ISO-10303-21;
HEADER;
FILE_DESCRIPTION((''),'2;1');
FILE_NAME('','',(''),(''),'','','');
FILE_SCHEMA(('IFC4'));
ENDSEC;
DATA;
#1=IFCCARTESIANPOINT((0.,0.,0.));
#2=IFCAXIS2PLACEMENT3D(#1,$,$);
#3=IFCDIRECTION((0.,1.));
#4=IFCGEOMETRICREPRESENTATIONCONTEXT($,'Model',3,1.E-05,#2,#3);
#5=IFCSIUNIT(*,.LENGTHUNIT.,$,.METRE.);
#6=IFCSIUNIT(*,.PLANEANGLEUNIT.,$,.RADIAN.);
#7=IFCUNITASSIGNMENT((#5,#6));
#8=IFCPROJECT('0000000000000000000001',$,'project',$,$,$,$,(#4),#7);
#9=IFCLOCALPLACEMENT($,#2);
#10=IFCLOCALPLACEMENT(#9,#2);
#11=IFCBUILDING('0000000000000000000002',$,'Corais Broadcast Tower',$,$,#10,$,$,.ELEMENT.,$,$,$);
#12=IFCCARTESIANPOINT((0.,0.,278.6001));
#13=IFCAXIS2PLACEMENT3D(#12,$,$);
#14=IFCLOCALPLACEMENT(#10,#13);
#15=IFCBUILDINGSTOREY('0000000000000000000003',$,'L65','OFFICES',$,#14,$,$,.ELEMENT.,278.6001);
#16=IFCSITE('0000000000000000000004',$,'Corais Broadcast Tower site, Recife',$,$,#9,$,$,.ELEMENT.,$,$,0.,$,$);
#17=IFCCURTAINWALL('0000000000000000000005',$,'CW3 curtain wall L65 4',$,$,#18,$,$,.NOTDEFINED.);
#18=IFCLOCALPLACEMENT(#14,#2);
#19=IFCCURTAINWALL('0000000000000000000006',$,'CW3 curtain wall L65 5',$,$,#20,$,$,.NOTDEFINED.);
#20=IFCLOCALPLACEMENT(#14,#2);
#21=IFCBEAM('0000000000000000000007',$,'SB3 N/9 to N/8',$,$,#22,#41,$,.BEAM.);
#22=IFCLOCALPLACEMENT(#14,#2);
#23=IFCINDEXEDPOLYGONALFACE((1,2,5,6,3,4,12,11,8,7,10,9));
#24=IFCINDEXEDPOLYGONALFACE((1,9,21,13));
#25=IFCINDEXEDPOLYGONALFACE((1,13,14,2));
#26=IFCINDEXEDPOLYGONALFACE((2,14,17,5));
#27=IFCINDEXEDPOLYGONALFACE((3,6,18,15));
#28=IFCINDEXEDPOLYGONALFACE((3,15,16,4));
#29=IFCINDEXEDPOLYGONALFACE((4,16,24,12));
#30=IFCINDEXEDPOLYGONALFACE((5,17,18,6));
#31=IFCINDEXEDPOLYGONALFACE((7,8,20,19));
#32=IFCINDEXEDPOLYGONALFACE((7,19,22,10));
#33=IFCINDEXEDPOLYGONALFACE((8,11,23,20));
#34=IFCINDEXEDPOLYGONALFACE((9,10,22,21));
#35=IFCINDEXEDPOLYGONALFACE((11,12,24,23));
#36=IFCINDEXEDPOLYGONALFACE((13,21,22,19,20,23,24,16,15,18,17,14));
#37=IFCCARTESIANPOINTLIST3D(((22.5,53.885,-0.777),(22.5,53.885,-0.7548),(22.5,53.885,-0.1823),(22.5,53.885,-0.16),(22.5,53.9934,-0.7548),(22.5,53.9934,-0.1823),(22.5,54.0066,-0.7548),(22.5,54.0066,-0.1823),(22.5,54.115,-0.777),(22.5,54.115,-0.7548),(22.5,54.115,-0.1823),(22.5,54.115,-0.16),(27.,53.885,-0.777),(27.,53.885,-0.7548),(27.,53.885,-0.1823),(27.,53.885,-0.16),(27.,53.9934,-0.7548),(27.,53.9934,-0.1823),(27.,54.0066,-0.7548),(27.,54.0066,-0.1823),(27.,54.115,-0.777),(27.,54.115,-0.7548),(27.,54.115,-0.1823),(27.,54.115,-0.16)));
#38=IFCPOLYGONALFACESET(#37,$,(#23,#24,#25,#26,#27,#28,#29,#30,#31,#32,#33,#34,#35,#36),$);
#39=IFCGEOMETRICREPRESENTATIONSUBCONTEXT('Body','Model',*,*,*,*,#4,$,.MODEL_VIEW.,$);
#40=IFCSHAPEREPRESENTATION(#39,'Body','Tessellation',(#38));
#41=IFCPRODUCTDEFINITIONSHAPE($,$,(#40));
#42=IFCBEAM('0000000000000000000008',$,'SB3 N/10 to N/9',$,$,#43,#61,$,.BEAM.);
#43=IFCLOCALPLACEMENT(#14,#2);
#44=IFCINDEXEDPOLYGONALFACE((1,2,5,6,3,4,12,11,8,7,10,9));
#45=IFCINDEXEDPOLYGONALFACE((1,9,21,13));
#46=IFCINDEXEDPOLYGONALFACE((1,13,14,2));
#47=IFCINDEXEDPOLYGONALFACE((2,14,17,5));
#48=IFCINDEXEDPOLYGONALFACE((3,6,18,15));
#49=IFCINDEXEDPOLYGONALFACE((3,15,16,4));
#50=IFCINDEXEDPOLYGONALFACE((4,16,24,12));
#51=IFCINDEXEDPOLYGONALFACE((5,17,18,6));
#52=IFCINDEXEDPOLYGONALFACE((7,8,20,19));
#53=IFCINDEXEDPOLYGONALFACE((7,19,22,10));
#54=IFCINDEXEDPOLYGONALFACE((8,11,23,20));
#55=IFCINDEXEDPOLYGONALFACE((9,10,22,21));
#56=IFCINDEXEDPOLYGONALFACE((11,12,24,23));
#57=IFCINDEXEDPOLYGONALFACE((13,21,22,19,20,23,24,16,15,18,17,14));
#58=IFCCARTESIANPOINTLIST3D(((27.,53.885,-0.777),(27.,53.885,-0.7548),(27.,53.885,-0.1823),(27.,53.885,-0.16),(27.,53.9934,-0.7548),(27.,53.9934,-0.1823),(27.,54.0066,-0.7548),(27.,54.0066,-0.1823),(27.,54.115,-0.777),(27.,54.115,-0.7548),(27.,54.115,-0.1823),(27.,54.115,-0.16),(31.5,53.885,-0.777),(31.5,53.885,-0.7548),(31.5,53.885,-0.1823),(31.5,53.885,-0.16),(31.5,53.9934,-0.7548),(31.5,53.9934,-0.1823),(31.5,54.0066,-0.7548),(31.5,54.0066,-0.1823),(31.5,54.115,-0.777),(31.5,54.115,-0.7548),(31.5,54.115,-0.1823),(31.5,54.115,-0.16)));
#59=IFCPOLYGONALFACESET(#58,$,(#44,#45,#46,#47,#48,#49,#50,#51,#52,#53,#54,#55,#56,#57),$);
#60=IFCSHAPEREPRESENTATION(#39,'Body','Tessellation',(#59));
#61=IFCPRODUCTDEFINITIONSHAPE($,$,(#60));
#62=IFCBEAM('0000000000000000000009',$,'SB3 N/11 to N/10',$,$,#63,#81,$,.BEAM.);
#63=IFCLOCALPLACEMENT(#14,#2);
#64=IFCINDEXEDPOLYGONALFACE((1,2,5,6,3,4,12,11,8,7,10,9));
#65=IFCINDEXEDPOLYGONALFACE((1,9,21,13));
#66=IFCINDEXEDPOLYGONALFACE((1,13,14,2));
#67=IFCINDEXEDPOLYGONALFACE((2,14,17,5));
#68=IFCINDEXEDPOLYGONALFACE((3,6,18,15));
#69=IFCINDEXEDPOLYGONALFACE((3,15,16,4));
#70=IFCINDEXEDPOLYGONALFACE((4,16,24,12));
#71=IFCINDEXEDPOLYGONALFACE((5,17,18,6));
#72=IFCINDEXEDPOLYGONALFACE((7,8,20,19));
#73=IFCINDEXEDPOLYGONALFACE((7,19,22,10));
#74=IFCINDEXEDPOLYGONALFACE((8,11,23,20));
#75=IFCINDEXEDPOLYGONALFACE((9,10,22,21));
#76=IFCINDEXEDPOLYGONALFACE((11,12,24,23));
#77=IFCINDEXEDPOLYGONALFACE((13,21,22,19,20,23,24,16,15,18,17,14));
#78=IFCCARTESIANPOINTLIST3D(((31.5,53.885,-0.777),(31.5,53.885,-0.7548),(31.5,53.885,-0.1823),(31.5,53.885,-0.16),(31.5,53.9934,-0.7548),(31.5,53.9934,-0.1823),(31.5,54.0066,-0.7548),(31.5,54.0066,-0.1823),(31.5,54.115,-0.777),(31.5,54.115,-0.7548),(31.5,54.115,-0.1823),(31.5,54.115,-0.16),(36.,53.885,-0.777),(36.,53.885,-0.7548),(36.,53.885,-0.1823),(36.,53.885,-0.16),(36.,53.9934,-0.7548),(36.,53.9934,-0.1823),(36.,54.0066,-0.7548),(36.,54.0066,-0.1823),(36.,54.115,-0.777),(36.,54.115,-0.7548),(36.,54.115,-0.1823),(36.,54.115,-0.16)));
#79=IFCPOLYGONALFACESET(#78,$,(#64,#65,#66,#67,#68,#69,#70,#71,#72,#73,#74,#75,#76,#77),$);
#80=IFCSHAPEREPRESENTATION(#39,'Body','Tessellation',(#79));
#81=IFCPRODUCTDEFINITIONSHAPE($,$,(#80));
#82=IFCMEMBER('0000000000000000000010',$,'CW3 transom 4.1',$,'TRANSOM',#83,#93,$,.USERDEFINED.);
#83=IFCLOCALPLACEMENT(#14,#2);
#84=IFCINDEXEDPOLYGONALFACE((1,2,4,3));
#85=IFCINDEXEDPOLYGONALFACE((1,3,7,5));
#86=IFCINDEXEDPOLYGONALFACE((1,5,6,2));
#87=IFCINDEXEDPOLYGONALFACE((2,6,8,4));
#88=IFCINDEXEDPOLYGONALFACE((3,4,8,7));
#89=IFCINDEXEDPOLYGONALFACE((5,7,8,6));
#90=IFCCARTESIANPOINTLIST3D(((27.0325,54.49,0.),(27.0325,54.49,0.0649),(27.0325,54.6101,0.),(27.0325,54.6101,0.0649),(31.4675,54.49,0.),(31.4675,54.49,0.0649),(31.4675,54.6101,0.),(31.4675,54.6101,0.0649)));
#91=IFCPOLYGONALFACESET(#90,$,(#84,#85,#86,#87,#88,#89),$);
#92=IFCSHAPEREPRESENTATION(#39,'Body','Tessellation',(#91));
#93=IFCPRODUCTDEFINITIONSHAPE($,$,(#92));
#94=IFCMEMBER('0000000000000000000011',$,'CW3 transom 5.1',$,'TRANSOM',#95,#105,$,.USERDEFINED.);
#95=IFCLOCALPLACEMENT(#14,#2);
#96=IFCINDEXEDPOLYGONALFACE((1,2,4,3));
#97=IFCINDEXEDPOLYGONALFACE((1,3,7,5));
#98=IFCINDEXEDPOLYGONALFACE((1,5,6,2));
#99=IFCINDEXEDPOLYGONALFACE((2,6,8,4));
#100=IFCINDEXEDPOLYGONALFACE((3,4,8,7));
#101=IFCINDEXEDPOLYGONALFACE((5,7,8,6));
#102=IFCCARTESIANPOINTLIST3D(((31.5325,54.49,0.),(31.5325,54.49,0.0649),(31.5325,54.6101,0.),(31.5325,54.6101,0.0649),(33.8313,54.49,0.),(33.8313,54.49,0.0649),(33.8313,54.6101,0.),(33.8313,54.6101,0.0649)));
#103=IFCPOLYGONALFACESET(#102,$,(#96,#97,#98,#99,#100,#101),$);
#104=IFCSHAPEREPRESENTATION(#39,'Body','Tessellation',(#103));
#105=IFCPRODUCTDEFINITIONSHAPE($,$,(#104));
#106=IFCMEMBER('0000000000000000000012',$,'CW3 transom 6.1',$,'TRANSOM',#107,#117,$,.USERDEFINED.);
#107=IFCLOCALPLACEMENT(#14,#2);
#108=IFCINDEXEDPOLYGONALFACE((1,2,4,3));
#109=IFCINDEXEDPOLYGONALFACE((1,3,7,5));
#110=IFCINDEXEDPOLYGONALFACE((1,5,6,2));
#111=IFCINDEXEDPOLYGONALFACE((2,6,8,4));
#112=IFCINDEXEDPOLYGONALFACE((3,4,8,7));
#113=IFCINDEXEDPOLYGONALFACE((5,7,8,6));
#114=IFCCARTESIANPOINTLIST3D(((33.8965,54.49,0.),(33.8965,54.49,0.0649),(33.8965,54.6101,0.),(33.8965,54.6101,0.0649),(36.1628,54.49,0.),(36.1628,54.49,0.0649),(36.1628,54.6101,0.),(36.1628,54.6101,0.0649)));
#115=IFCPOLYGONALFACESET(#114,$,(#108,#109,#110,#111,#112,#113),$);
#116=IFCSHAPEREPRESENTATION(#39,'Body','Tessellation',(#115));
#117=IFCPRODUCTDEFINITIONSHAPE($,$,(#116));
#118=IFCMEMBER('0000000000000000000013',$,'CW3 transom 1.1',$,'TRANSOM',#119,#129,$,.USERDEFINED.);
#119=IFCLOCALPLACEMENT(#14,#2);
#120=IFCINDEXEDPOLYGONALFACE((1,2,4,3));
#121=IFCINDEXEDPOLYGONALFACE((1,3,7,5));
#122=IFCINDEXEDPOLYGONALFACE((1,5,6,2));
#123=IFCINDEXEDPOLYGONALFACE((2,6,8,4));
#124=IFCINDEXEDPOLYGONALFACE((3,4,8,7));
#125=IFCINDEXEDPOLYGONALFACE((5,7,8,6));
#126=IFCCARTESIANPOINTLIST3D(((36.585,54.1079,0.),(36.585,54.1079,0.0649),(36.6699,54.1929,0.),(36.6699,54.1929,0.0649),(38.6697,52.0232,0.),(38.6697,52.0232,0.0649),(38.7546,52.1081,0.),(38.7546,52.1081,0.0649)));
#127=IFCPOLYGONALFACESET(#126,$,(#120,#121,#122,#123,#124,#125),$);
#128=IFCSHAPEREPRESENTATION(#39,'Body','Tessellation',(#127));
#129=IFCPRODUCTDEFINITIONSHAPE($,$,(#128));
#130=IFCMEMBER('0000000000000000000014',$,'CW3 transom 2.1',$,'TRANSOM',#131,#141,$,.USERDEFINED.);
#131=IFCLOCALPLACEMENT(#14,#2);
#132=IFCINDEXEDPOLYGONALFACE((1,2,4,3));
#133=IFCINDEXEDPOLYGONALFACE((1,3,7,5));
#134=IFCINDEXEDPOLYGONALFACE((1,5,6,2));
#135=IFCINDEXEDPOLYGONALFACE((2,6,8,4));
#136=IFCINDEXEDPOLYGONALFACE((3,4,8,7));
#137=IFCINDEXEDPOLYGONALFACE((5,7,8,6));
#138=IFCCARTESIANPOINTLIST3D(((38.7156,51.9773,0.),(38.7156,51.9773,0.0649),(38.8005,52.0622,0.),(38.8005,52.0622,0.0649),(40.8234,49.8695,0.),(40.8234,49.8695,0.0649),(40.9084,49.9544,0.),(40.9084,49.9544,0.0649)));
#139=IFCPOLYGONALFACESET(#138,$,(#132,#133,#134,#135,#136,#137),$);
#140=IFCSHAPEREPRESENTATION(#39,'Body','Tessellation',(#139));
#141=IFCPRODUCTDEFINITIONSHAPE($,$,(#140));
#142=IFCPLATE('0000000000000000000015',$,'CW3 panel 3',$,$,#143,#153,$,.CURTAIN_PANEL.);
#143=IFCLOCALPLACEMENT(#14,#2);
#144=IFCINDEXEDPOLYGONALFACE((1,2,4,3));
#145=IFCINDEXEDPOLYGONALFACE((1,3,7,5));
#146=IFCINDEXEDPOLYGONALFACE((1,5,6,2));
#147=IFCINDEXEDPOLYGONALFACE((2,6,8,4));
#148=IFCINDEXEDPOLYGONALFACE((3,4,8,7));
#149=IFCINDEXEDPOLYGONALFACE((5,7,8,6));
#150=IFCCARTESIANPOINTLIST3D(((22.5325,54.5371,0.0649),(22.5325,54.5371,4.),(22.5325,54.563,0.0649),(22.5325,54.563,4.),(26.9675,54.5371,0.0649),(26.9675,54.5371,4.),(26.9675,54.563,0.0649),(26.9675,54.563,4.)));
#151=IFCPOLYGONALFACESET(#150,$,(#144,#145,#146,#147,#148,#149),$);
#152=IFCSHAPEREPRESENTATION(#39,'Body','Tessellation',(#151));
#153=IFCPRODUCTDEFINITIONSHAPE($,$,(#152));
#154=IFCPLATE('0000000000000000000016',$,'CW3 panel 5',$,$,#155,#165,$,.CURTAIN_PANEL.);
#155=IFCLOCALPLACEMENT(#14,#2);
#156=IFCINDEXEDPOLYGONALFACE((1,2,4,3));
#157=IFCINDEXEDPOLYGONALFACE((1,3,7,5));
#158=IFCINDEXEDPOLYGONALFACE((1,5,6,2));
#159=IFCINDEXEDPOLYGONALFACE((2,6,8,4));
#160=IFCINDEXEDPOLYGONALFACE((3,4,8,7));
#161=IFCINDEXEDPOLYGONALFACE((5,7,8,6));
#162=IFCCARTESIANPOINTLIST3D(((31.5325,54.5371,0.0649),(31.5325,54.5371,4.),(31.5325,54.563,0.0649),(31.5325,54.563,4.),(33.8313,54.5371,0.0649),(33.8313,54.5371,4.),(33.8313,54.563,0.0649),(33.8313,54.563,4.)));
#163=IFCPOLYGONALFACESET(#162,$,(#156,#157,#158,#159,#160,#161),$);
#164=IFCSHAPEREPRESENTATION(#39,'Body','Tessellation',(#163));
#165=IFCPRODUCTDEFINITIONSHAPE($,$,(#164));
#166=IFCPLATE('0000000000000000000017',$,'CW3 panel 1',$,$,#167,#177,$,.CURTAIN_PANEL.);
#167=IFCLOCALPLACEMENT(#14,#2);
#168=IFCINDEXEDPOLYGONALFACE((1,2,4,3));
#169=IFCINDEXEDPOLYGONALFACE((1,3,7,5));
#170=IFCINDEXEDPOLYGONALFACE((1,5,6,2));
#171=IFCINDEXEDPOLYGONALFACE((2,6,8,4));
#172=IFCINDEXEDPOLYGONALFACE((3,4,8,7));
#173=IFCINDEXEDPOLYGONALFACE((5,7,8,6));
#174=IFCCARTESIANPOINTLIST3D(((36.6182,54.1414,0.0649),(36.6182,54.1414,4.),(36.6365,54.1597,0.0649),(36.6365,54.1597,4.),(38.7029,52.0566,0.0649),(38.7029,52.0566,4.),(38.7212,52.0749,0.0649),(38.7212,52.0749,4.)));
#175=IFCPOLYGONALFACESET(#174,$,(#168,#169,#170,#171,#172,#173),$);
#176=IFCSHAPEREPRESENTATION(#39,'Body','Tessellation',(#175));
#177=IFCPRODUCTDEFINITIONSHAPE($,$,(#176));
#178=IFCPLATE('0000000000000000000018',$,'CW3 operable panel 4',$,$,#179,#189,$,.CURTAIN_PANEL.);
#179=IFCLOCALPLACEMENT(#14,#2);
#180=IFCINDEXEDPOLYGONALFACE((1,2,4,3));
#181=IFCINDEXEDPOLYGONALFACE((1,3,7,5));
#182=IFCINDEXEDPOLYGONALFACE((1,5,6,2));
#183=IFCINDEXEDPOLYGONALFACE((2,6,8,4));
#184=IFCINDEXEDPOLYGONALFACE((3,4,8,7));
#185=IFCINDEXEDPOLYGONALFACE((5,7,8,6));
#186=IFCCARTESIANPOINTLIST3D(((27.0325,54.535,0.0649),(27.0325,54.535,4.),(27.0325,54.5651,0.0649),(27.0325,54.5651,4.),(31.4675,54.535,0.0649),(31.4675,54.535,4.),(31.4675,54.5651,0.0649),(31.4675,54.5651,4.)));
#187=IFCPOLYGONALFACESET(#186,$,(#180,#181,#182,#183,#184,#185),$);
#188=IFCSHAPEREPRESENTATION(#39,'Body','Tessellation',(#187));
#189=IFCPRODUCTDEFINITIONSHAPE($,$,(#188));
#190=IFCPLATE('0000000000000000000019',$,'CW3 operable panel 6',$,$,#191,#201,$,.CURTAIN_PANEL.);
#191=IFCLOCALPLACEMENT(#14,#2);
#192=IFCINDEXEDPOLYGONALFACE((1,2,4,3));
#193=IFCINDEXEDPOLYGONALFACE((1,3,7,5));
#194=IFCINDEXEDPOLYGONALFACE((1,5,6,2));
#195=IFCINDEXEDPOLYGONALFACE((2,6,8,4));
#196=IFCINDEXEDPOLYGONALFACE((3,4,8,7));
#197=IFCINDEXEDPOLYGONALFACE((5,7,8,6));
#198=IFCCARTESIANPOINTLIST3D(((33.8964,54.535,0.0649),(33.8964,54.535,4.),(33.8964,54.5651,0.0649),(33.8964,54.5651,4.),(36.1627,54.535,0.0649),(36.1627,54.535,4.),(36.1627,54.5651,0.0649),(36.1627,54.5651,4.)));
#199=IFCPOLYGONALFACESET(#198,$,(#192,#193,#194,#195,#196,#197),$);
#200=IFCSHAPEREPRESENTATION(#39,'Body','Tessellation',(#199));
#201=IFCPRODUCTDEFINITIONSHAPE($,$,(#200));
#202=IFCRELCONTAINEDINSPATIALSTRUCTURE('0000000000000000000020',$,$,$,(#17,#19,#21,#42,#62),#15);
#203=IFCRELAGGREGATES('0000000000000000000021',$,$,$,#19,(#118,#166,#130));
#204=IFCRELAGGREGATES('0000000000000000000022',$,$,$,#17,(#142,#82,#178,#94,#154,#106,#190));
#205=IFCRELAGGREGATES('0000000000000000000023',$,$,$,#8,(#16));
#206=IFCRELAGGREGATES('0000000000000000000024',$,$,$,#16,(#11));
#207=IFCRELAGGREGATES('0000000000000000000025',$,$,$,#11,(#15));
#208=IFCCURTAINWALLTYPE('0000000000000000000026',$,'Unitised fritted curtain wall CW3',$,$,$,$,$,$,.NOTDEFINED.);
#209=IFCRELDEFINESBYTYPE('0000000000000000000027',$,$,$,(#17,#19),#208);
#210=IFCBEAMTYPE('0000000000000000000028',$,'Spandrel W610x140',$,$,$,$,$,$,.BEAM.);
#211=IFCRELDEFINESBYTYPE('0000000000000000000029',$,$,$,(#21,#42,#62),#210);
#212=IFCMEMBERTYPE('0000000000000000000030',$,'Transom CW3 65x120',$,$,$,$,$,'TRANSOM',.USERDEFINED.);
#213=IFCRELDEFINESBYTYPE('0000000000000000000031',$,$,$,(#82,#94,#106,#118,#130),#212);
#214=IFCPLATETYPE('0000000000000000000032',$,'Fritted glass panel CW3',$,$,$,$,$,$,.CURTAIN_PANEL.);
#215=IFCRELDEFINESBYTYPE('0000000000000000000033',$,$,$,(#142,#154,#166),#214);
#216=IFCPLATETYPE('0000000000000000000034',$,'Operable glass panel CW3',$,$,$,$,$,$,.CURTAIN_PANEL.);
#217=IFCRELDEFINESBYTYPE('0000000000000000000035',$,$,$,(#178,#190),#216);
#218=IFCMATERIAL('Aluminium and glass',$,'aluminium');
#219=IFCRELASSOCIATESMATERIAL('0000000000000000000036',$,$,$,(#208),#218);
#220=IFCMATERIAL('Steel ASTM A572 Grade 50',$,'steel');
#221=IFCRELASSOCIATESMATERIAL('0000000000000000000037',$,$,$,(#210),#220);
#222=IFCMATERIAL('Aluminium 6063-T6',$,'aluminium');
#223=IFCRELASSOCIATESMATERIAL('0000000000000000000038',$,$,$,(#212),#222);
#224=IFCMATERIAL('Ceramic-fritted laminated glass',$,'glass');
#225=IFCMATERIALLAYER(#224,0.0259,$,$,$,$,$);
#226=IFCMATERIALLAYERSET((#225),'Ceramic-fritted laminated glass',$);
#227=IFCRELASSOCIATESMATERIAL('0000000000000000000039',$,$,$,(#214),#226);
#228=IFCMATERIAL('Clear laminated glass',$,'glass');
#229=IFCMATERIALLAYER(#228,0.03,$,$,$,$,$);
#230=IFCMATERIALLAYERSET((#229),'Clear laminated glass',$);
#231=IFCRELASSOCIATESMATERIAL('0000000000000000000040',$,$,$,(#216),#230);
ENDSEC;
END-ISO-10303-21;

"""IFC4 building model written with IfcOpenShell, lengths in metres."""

from ifc_helpers import new_model, si_unit, direction, frame, origin, origin_2d, place, context, subcontext, project, spatial, rectangle, i_section, extrude, material, layer, layer_set, material_profile, profile_set, type_object, element, aggregate, save


model = new_model("IFC4")

# Units and contexts
model_context = context("Model", 3, precision=1e-05, world=origin(), true_north=direction((0.0, 1.0)))
body_context = subcontext(model_context, "Body", "Model", "MODEL_VIEW")
ifc_project = project(units=[si_unit("LENGTHUNIT", "METRE"), si_unit("PLANEANGLEUNIT", "RADIAN")], contexts=[model_context])

# Site, building, storey
site_placement = place(None, origin())
site = spatial("IfcSite", under=ifc_project, at=site_placement, Name="Corais Broadcast Tower site, Recife", CompositionType="ELEMENT", RefElevation=0.0)
building_placement = place(site_placement, origin())
building = spatial("IfcBuilding", under=site, at=building_placement, Name="Corais Broadcast Tower", CompositionType="ELEMENT")
storey_placement = place(building_placement, frame((0.0, 0.0, 278.6001)))
storey = spatial("IfcBuildingStorey", under=building, at=storey_placement, Name="L65", Description="OFFICES", CompositionType="ELEMENT", Elevation=278.6001)

# Curtain walls
ifc_material_1 = material(Name="Aluminium and glass", Category="aluminium")
curtain_wall_type = type_object("IfcCurtainWallType", Name="Unitised fritted curtain wall CW3", PredefinedType="NOTDEFINED", material=ifc_material_1)
curtain_wall_1_placement = place(storey_placement, origin())
curtain_wall_1 = element("IfcCurtainWall", 1, at=curtain_wall_1_placement, inside=storey, type_object=curtain_wall_type, Name="CW3 curtain wall L65 4", PredefinedType="NOTDEFINED")
curtain_wall_2_placement = place(storey_placement, origin())
curtain_wall_2 = element("IfcCurtainWall", 2, at=curtain_wall_2_placement, inside=storey, type_object=curtain_wall_type, Name="CW3 curtain wall L65 5", PredefinedType="NOTDEFINED")

# Beams
ifc_material_2 = material(Name="Steel ASTM A572 Grade 50", Category="steel")
ifc_material_profile_1 = material_profile(ifc_material_2, i_section(OverallWidth=0.23, OverallDepth=0.6169, WebThickness=0.0132, FlangeThickness=0.0222, at=origin_2d()), Name="W610x140")
ifc_profile_set_1 = profile_set([ifc_material_profile_1], Name="Steel ASTM A572 Grade 50")
beam_type_1 = type_object("IfcBeamType", Name="Spandrel W610x140", PredefinedType="BEAM", material=ifc_profile_set_1)
for number, where, z_axis, x_axis, name in (
    (3, (27.0, 54.0, -0.4685), (-1.0, 0.0, 0.0), (0.0, -1.0, 0.0), "SB3 N/9 to N/8"),
    (4, (31.5, 54.0, -0.4685), (-1.0, 0.0, 0.0), (0.0, -1.0, 0.0), "SB3 N/10 to N/9"),
    (5, (36.0, 54.0, -0.4685), (-1.0, 0.0, 0.0), (0.0, -1.0, 0.0), "SB3 N/11 to N/10"),
):
    element("IfcBeam", number, at=place(storey_placement, frame(where, z_axis=z_axis, x_axis=x_axis)), inside=storey, type_object=beam_type_1, Name=name, PredefinedType="BEAM", context=body_context, shape_type="SweptSolid", body=[
        extrude(i_section(OverallWidth=0.23, OverallDepth=0.6169, WebThickness=0.0132, FlangeThickness=0.0222, at=origin_2d()), origin(), (0.0, 0.0, 1.0), 4.5),
    ])

# Members
ifc_material_3 = material(Name="Aluminium 6063-T6", Category="aluminium")
ifc_material_profile_2 = material_profile(ifc_material_3, rectangle(XDim=0.1201, YDim=0.0649, at=origin_2d()), Name="Transom CW3 65x120")
ifc_profile_set_2 = profile_set([ifc_material_profile_2], Name="Aluminium 6063-T6")
member_type_1 = type_object("IfcMemberType", Name="Transom CW3 65x120", ElementType="TRANSOM", PredefinedType="USERDEFINED", material=ifc_profile_set_2)
member_1_placement = place(storey_placement, frame((27.0325, 54.55, 0.0325), z_axis=(1.0, 0.0, 0.0), x_axis=(0.0, 1.0, 0.0)))
member_1 = element("IfcMember", 6, at=member_1_placement, type_object=member_type_1, Name="CW3 transom 4.1", ObjectType="TRANSOM", PredefinedType="USERDEFINED", context=body_context, shape_type="SweptSolid", body=[
    extrude(rectangle(XDim=0.1201, YDim=0.0649, at=origin_2d()), origin(), (0.0, 0.0, 1.0), 4.4351),
])
member_2_placement = place(storey_placement, frame((31.5325, 54.55, 0.0325), z_axis=(1.0, 0.0, 0.0), x_axis=(0.0, 1.0, 0.0)))
member_2 = element("IfcMember", 7, at=member_2_placement, type_object=member_type_1, Name="CW3 transom 5.1", ObjectType="TRANSOM", PredefinedType="USERDEFINED", context=body_context, shape_type="SweptSolid", body=[
    extrude(rectangle(XDim=0.1201, YDim=0.0649, at=origin_2d()), origin(), (0.0, 0.0, 1.0), 2.2988),
])
member_3_placement = place(storey_placement, frame((33.8965, 54.55, 0.0325), z_axis=(1.0, 0.0, 0.0), x_axis=(0.0, 1.0, 0.0)))
member_3 = element("IfcMember", 8, at=member_3_placement, type_object=member_type_1, Name="CW3 transom 6.1", ObjectType="TRANSOM", PredefinedType="USERDEFINED", context=body_context, shape_type="SweptSolid", body=[
    extrude(rectangle(XDim=0.1201, YDim=0.0649, at=origin_2d()), origin(), (0.0, 0.0, 1.0), 2.2664),
])
member_4_placement = place(storey_placement, frame((36.6274, 54.1504, 0.0325), z_axis=(0.707107, -0.707107, 0.0), x_axis=(0.707107, 0.707107, 0.0)))
member_4 = element("IfcMember", 9, at=member_4_placement, type_object=member_type_1, Name="CW3 transom 1.1", ObjectType="TRANSOM", PredefinedType="USERDEFINED", context=body_context, shape_type="SweptSolid", body=[
    extrude(rectangle(XDim=0.1201, YDim=0.0649, at=origin_2d()), origin(), (0.0, 0.0, 1.0), 2.9482),
])
member_5_placement = place(storey_placement, frame((38.7581, 52.0198, 0.0325), z_axis=(0.707107, -0.707107, 0.0), x_axis=(0.707107, 0.707107, 0.0)))
member_5 = element("IfcMember", 10, at=member_5_placement, type_object=member_type_1, Name="CW3 transom 2.1", ObjectType="TRANSOM", PredefinedType="USERDEFINED", context=body_context, shape_type="SweptSolid", body=[
    extrude(rectangle(XDim=0.1201, YDim=0.0649, at=origin_2d()), origin(), (0.0, 0.0, 1.0), 2.981),
])

# Plates
ifc_material_4 = material(Name="Ceramic-fritted laminated glass", Category="glass")
ifc_layer_1 = layer(ifc_material_4, 0.0259)
ifc_layer_set_1 = layer_set([ifc_layer_1], Name="Ceramic-fritted laminated glass")
plate_type_1 = type_object("IfcPlateType", Name="Fritted glass panel CW3", PredefinedType="CURTAIN_PANEL", material=ifc_layer_set_1)
plate_1_placement = place(storey_placement, frame((24.75, 54.55, 0.0649), z_axis=(0.0, 0.0, 1.0), x_axis=(1.0, 0.0, 0.0)))
plate_1 = element("IfcPlate", 11, at=plate_1_placement, type_object=plate_type_1, Name="CW3 panel 3", PredefinedType="CURTAIN_PANEL", context=body_context, shape_type="SweptSolid", body=[
    extrude(rectangle(XDim=4.4351, YDim=0.0259, at=origin_2d()), origin(), (0.0, 0.0, 1.0), 3.9351),
])
plate_2_placement = place(storey_placement, frame((32.6819, 54.55, 0.0649), z_axis=(0.0, 0.0, 1.0), x_axis=(1.0, 0.0, 0.0)))
plate_2 = element("IfcPlate", 12, at=plate_2_placement, type_object=plate_type_1, Name="CW3 panel 5", PredefinedType="CURTAIN_PANEL", context=body_context, shape_type="SweptSolid", body=[
    extrude(rectangle(XDim=2.2988, YDim=0.0259, at=origin_2d()), origin(), (0.0, 0.0, 1.0), 3.9351),
])
plate_3_placement = place(storey_placement, frame((37.6697, 53.1082, 0.0649), z_axis=(0.0, 0.0, 1.0), x_axis=(0.707107, -0.707107, 0.0)))
plate_3 = element("IfcPlate", 13, at=plate_3_placement, type_object=plate_type_1, Name="CW3 panel 1", PredefinedType="CURTAIN_PANEL", context=body_context, shape_type="SweptSolid", body=[
    extrude(rectangle(XDim=2.9482, YDim=0.0259, at=origin_2d()), origin(), (0.0, 0.0, 1.0), 3.9351),
])
aggregate(curtain_wall_2, [member_4, plate_3, member_5])
ifc_material_5 = material(Name="Clear laminated glass", Category="glass")
ifc_layer_2 = layer(ifc_material_5, 0.03)
ifc_layer_set_2 = layer_set([ifc_layer_2], Name="Clear laminated glass")
plate_type_2 = type_object("IfcPlateType", Name="Operable glass panel CW3", PredefinedType="CURTAIN_PANEL", material=ifc_layer_set_2)
plate_4_placement = place(storey_placement, frame((29.25, 54.55, 0.0649), z_axis=(0.0, 0.0, 1.0), x_axis=(1.0, 0.0, 0.0)))
plate_4 = element("IfcPlate", 14, at=plate_4_placement, type_object=plate_type_2, Name="CW3 operable panel 4", PredefinedType="CURTAIN_PANEL", context=body_context, shape_type="SweptSolid", body=[
    extrude(rectangle(XDim=4.4351, YDim=0.03, at=origin_2d()), origin(), (0.0, 0.0, 1.0), 3.9351),
])
plate_5_placement = place(storey_placement, frame((35.0295, 54.55, 0.0649), z_axis=(0.0, 0.0, 1.0), x_axis=(1.0, 0.0, 0.0)))
plate_5 = element("IfcPlate", 15, at=plate_5_placement, type_object=plate_type_2, Name="CW3 operable panel 6", PredefinedType="CURTAIN_PANEL", context=body_context, shape_type="SweptSolid", body=[
    extrude(rectangle(XDim=2.2664, YDim=0.03, at=origin_2d()), origin(), (0.0, 0.0, 1.0), 3.9351),
])
aggregate(curtain_wall_1, [plate_1, member_1, plate_4, member_2, plate_2, member_3, plate_5])

save(model, "model.ifc")
